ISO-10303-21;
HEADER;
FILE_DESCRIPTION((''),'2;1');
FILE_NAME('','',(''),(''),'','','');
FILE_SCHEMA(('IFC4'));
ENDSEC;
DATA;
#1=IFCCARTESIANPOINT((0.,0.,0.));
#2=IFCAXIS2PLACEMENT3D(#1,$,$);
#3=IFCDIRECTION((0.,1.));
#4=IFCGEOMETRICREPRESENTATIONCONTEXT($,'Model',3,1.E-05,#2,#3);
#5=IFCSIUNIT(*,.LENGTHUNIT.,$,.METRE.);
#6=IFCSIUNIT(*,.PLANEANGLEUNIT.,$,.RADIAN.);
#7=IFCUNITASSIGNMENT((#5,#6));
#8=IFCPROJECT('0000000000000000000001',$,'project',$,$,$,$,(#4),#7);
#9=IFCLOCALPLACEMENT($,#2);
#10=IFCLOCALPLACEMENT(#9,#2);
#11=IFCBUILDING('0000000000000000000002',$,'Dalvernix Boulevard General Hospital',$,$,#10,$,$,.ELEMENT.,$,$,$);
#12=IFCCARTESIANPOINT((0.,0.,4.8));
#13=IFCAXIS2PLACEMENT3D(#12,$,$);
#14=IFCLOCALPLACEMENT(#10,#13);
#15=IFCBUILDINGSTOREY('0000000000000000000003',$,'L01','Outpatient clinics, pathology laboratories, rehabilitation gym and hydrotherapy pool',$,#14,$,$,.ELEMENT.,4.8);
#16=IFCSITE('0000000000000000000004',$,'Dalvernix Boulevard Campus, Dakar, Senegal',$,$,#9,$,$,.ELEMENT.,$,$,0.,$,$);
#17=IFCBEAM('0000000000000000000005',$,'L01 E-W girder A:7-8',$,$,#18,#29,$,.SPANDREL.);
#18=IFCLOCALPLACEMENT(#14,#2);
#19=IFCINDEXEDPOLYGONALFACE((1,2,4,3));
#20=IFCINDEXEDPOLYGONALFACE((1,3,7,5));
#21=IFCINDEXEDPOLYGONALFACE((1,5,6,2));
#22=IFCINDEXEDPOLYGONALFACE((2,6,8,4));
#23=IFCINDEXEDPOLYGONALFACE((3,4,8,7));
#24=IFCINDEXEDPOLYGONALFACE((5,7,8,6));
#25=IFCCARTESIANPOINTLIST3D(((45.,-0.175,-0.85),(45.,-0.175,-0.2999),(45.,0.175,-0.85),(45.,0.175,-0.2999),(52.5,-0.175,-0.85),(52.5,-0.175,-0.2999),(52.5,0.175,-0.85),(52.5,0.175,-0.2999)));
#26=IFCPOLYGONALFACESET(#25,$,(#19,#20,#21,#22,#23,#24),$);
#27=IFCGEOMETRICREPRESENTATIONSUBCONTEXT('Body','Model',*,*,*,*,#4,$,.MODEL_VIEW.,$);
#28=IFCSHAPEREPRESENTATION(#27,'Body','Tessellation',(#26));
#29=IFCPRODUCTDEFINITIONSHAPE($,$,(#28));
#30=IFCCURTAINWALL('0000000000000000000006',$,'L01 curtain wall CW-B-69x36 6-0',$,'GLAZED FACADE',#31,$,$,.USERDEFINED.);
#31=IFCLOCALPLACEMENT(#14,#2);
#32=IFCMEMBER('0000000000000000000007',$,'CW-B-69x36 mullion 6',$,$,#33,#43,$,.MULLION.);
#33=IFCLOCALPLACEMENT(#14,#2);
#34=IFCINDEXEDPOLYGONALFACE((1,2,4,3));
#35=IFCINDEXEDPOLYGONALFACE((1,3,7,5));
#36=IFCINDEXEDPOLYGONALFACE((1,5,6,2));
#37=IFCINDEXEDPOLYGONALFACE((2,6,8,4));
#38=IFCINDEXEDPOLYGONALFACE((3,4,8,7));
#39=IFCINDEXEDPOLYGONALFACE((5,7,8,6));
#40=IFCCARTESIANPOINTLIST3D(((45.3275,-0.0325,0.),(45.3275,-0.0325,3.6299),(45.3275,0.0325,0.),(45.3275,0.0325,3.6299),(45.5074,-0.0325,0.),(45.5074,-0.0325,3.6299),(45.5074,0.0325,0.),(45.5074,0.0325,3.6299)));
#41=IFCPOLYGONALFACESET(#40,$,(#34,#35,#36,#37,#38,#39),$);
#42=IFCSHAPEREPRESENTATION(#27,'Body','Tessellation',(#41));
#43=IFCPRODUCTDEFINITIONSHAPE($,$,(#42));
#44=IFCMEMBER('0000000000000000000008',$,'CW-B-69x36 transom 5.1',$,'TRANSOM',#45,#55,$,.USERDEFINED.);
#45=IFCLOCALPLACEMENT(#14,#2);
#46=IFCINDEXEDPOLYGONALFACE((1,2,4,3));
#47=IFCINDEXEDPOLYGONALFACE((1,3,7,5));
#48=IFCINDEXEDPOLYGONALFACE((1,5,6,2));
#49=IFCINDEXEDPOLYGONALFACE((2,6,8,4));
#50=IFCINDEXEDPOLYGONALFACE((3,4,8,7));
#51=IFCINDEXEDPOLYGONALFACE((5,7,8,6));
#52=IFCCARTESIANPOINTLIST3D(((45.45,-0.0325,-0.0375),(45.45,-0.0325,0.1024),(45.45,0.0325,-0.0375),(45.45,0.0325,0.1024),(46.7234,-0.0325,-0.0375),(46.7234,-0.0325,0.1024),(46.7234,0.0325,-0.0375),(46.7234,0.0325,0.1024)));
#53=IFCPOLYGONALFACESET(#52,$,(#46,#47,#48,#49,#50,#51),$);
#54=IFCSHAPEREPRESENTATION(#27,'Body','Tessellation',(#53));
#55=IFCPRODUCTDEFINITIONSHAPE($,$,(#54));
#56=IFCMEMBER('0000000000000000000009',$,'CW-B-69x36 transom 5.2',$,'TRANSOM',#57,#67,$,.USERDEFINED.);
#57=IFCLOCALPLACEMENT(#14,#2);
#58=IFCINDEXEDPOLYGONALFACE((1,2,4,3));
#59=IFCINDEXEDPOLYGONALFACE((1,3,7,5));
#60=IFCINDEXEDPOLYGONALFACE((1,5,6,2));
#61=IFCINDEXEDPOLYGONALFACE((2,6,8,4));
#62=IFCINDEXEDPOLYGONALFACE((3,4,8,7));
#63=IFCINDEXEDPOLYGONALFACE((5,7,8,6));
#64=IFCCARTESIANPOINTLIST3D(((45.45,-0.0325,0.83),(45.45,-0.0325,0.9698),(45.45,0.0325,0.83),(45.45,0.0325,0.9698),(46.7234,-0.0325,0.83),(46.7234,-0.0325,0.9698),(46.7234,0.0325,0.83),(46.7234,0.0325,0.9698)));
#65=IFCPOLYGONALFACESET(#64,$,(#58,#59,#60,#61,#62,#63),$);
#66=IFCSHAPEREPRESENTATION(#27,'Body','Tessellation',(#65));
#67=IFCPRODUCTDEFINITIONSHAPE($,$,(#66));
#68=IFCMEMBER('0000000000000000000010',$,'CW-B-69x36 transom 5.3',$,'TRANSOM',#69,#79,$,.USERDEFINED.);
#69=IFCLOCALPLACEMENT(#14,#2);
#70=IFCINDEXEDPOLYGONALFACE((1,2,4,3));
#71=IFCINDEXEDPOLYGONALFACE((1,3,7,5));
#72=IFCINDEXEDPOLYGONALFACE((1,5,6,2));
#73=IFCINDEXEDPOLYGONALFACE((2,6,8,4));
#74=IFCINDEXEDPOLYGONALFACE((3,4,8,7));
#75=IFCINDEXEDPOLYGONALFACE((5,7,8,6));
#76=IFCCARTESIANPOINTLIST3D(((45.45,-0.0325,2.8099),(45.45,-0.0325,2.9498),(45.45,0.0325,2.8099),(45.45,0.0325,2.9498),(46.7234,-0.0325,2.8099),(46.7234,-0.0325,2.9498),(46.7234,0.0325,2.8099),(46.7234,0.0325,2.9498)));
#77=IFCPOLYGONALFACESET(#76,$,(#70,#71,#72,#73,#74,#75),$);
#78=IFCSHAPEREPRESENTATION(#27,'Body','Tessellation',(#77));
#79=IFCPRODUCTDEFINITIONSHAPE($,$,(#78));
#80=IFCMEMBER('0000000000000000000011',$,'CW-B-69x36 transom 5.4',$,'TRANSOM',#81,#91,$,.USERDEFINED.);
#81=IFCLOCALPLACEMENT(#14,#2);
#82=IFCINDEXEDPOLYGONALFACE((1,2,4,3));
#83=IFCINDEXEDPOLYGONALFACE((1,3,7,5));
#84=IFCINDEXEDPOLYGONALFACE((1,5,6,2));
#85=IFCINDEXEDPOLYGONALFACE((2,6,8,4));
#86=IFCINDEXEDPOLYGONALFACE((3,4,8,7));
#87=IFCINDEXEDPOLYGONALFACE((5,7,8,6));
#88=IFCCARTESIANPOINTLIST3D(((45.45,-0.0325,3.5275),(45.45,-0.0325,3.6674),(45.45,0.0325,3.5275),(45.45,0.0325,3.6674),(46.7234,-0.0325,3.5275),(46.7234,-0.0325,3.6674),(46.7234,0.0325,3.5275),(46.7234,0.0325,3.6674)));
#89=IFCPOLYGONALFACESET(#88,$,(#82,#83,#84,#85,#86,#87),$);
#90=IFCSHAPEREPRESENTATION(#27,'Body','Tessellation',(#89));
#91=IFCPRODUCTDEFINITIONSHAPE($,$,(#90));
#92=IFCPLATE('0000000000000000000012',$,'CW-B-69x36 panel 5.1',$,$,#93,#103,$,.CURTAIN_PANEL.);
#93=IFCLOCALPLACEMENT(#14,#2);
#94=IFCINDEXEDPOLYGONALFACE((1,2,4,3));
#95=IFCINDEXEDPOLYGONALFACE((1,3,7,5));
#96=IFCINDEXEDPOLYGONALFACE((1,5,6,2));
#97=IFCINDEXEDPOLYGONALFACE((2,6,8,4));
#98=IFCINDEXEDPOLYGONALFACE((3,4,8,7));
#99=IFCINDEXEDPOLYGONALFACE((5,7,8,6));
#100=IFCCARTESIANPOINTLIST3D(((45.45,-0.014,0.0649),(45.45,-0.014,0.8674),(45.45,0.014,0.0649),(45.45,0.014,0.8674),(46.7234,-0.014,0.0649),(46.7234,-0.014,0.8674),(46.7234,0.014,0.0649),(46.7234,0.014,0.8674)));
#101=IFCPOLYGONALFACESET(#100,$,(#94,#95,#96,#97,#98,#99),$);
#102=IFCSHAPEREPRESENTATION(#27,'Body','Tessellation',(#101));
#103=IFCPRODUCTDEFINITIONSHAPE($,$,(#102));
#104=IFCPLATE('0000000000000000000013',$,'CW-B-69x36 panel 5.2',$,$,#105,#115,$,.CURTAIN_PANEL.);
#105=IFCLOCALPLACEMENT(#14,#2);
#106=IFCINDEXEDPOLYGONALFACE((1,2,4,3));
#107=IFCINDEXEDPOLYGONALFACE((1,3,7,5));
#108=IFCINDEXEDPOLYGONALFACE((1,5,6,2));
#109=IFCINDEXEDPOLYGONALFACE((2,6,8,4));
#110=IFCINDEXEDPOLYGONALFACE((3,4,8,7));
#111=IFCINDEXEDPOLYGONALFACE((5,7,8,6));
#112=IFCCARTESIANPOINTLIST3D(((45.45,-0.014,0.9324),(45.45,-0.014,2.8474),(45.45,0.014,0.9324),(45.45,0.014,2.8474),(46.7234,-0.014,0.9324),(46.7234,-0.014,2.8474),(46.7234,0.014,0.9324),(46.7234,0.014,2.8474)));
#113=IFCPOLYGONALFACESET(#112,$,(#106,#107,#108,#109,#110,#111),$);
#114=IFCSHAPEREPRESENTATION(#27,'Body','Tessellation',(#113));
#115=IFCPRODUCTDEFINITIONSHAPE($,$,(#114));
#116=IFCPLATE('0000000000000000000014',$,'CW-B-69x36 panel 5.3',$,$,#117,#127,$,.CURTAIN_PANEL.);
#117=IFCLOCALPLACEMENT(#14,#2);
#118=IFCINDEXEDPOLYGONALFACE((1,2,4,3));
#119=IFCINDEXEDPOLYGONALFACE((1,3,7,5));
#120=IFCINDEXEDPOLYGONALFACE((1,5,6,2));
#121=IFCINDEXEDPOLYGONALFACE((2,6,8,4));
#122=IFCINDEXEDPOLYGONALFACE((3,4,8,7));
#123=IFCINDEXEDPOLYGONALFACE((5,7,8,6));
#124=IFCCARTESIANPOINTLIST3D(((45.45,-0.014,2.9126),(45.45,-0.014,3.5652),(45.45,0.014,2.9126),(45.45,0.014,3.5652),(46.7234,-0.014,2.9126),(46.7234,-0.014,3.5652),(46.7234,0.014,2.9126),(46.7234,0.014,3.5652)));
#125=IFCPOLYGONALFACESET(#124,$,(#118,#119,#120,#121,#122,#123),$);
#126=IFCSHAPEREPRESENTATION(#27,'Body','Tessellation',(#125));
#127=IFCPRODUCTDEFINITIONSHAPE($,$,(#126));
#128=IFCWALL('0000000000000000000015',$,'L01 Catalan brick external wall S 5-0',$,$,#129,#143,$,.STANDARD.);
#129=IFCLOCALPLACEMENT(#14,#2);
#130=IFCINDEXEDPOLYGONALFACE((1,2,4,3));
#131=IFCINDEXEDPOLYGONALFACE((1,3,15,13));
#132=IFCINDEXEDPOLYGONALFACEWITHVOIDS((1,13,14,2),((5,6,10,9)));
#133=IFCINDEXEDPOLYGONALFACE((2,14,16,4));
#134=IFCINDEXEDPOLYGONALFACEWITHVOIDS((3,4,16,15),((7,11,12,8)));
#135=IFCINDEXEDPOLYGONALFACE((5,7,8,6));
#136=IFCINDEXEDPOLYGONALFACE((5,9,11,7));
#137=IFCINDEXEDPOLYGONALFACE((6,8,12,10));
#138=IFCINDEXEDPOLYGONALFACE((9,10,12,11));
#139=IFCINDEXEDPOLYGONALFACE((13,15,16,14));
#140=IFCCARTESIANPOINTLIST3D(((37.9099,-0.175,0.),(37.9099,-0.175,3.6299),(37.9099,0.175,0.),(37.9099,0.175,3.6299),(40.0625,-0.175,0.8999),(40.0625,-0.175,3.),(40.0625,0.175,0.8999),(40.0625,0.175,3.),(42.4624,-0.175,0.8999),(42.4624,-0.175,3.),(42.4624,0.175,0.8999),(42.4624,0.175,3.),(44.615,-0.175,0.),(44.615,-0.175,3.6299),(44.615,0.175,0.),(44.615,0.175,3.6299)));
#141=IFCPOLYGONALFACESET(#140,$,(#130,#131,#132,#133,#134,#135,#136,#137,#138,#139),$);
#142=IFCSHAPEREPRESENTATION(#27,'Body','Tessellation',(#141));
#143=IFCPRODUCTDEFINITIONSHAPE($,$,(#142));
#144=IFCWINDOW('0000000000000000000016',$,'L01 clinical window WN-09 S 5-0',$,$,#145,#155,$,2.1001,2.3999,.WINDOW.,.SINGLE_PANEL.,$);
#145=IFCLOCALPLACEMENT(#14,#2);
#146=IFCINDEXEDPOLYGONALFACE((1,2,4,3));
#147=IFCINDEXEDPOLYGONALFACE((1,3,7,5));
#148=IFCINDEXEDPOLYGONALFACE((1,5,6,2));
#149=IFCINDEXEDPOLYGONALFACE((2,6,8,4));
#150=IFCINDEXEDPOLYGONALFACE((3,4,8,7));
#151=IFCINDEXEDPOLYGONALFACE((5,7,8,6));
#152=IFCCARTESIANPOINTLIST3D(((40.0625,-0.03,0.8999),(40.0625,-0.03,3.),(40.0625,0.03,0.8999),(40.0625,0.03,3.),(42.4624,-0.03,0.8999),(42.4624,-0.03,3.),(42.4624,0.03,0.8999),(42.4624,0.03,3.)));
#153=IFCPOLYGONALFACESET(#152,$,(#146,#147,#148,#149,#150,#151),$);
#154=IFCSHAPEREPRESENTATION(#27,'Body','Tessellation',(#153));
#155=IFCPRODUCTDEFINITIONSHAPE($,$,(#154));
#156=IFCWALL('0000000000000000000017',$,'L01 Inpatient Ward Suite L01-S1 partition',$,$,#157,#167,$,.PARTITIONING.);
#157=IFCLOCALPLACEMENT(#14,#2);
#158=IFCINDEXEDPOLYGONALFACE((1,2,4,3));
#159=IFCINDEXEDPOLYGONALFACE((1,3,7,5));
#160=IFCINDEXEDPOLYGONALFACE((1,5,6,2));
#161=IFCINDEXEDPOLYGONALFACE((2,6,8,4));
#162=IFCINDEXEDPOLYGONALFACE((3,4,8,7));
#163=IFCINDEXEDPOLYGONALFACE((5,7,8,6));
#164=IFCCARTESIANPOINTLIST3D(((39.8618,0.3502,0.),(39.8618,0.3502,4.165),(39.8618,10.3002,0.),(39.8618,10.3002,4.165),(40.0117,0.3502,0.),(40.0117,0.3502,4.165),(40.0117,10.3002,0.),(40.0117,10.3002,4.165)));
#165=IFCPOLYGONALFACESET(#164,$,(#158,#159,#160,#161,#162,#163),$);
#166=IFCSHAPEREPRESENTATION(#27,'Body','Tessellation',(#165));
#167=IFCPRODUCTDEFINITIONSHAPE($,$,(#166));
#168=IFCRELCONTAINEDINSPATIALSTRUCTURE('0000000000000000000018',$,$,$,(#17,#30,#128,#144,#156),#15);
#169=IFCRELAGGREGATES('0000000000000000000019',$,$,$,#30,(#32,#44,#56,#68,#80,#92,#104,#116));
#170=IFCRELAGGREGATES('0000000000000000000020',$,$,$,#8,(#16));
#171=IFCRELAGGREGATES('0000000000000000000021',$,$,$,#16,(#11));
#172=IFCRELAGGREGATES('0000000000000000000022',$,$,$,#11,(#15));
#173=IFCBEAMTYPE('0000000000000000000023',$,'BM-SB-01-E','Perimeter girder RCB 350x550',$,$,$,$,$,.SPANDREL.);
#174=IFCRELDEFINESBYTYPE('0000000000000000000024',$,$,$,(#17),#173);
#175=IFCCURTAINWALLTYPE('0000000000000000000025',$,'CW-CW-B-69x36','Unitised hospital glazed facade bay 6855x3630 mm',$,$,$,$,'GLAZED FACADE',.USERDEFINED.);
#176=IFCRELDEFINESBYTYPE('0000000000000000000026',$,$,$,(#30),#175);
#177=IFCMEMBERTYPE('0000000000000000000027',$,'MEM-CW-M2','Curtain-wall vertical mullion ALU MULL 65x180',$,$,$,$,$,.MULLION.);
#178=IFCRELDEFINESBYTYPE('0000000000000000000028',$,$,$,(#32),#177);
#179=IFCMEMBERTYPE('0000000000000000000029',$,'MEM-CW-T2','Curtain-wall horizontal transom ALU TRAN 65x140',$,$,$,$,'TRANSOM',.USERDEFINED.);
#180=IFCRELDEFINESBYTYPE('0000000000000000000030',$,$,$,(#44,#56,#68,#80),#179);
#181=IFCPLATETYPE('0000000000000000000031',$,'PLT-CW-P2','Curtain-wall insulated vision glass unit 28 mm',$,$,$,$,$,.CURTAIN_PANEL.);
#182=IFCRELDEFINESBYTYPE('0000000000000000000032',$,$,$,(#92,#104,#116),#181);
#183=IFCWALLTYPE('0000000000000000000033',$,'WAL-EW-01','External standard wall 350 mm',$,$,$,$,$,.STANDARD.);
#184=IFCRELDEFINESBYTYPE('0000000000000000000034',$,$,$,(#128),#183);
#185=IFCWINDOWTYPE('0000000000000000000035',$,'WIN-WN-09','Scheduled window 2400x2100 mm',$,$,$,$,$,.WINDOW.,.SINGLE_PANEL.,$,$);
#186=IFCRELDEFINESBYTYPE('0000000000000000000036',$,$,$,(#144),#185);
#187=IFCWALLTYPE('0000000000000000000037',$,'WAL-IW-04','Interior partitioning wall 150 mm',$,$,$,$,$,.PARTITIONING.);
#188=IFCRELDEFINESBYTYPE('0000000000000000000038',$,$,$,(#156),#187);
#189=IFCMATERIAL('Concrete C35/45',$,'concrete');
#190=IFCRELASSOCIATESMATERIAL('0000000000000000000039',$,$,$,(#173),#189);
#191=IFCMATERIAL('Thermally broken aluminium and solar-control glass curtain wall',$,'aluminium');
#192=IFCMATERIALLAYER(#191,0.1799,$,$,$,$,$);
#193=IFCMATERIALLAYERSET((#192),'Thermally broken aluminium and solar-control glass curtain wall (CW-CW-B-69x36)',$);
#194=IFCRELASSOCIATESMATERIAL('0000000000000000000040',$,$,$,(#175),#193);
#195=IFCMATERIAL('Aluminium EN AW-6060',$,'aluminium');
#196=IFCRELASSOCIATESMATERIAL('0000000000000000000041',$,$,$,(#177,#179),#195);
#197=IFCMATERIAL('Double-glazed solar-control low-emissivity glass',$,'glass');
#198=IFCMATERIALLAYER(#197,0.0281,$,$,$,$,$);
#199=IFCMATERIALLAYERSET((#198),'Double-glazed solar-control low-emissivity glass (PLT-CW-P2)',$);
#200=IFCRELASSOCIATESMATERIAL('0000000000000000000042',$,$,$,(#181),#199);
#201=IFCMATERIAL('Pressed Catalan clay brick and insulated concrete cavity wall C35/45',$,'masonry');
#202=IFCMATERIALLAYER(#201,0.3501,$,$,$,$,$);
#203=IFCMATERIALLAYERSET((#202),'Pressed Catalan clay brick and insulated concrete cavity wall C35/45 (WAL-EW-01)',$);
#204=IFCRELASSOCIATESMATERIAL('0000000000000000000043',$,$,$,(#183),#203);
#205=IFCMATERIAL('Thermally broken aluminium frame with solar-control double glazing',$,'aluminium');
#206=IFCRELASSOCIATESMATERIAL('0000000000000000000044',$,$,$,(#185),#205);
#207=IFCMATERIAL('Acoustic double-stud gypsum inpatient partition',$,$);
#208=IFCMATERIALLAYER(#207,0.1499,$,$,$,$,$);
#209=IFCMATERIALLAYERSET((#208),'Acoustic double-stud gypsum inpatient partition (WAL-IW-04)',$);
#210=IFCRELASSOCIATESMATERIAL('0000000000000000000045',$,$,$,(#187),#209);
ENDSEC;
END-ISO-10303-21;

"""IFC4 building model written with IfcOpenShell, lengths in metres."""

from ifc_helpers import new_model, si_unit, direction, frame, frame_2d, origin, origin_2d, place, context, subcontext, project, spatial, rectangle, extrude, material, layer, layer_set, material_profile, profile_set, type_object, element, fill, aggregate, save


model = new_model("IFC4")

# Units and contexts
model_context = context("Model", 3, precision=1e-05, world=origin(), true_north=direction((0.0, 1.0)))
body_context = subcontext(model_context, "Body", "Model", "MODEL_VIEW")
ifc_project = project(units=[si_unit("LENGTHUNIT", "METRE"), si_unit("PLANEANGLEUNIT", "RADIAN")], contexts=[model_context])

# Site, building, storey
site_placement = place(None, origin())
site = spatial("IfcSite", under=ifc_project, at=site_placement, Name="Dalvernix Boulevard Campus, Dakar, Senegal", CompositionType="ELEMENT", RefElevation=0.0)
building_placement = place(site_placement, origin())
building = spatial("IfcBuilding", under=site, at=building_placement, Name="Dalvernix Boulevard General Hospital", CompositionType="ELEMENT")
storey_placement = place(building_placement, frame((0.0, 0.0, 4.8)))
storey = spatial("IfcBuildingStorey", under=building, at=storey_placement, Name="L01", Description="Outpatient clinics, pathology laboratories, rehabilitation gym and hydrotherapy pool", CompositionType="ELEMENT", Elevation=4.8)

# Beam
ifc_material_1 = material(Name="Concrete C35/45", Category="concrete")
ifc_material_profile_1 = material_profile(ifc_material_1, rectangle(XDim=0.3501, YDim=0.55, at=origin_2d()), Name="RCB 350x550")
ifc_profile_set_1 = profile_set([ifc_material_profile_1], Name="Concrete C35/45")
beam_type_1 = type_object("IfcBeamType", Name="BM-SB-01-E", Description="Perimeter girder RCB 350x550", PredefinedType="SPANDREL", material=ifc_profile_set_1)
beam_1_placement = place(storey_placement, frame((45.0, 0.0, -0.575), z_axis=(1.0, 0.0, 0.0), x_axis=(0.0, 1.0, 0.0)))
element("IfcBeam", 1, at=beam_1_placement, inside=storey, type_object=beam_type_1, Name="L01 E-W girder A:7-8", PredefinedType="SPANDREL", context=body_context, shape_type="SweptSolid", body=[
    extrude(rectangle(XDim=0.3501, YDim=0.55, at=origin_2d()), origin(), (0.0, 0.0, 1.0), 7.5),
])

# Curtain wall, members, plates
ifc_material_2 = material(Name="Thermally broken aluminium and solar-control glass curtain wall", Category="aluminium")
ifc_layer_1 = layer(ifc_material_2, 0.1799)
ifc_layer_set_1 = layer_set([ifc_layer_1], Name="Thermally broken aluminium and solar-control glass curtain wall (CW-CW-B-69x36)")
curtain_wall_type = type_object("IfcCurtainWallType", Name="CW-CW-B-69x36", Description="Unitised hospital glazed facade bay 6855x3630 mm", ElementType="GLAZED FACADE", PredefinedType="USERDEFINED", material=ifc_layer_set_1)
curtain_wall_placement = place(storey_placement, origin())
curtain_wall = element("IfcCurtainWall", 2, at=curtain_wall_placement, inside=storey, type_object=curtain_wall_type, Name="L01 curtain wall CW-B-69x36 6-0", ObjectType="GLAZED FACADE", PredefinedType="USERDEFINED")
ifc_material_3 = material(Name="Aluminium EN AW-6060", Category="aluminium")
ifc_material_profile_2 = material_profile(ifc_material_3, rectangle(XDim=0.0649, YDim=0.1799, at=origin_2d()), Name="ALU MULL 65x180")
ifc_profile_set_2 = profile_set([ifc_material_profile_2], Name="Aluminium EN AW-6060")
member_type_1 = type_object("IfcMemberType", Name="MEM-CW-M2", Description="Curtain-wall vertical mullion ALU MULL 65x180", PredefinedType="MULLION", material=ifc_profile_set_2)
member_1_placement = place(storey_placement, frame((45.4175, 0.0, 0.0), z_axis=(0.0, 0.0, 1.0), x_axis=(0.0, -1.0, 0.0)))
member_1 = element("IfcMember", 3, at=member_1_placement, type_object=member_type_1, Name="CW-B-69x36 mullion 6", PredefinedType="MULLION", context=body_context, shape_type="SweptSolid", body=[
    extrude(rectangle(XDim=0.0649, YDim=0.1799, at=origin_2d()), origin(), (0.0, 0.0, 1.0), 3.6299),
])
ifc_material_profile_3 = material_profile(ifc_material_3, rectangle(XDim=0.0649, YDim=0.1399, at=origin_2d()), Name="ALU TRAN 65x140")
ifc_profile_set_3 = profile_set([ifc_material_profile_3], Name="Aluminium EN AW-6060")
member_type_2 = type_object("IfcMemberType", Name="MEM-CW-T2", Description="Curtain-wall horizontal transom ALU TRAN 65x140", ElementType="TRANSOM", PredefinedType="USERDEFINED", material=ifc_profile_set_3)
member_2_placement = place(storey_placement, frame((46.7234, 0.0, 0.0325), z_axis=(-1.0, 0.0, 0.0), x_axis=(0.0, -1.0, 0.0)))
member_2 = element("IfcMember", 4, at=member_2_placement, type_object=member_type_2, Name="CW-B-69x36 transom 5.1", ObjectType="TRANSOM", PredefinedType="USERDEFINED", context=body_context, shape_type="SweptSolid", body=[
    extrude(rectangle(XDim=0.0649, YDim=0.1399, at=origin_2d()), origin(), (0.0, 0.0, 1.0), 1.2734),
])
member_3_placement = place(storey_placement, frame((46.7234, 0.0, 0.8999), z_axis=(-1.0, 0.0, 0.0), x_axis=(0.0, -1.0, 0.0)))
member_3 = element("IfcMember", 5, at=member_3_placement, type_object=member_type_2, Name="CW-B-69x36 transom 5.2", ObjectType="TRANSOM", PredefinedType="USERDEFINED", context=body_context, shape_type="SweptSolid", body=[
    extrude(rectangle(XDim=0.0649, YDim=0.1399, at=origin_2d()), origin(), (0.0, 0.0, 1.0), 1.2734),
])
member_4_placement = place(storey_placement, frame((46.7234, 0.0, 2.8799), z_axis=(-1.0, 0.0, 0.0), x_axis=(0.0, -1.0, 0.0)))
member_4 = element("IfcMember", 6, at=member_4_placement, type_object=member_type_2, Name="CW-B-69x36 transom 5.3", ObjectType="TRANSOM", PredefinedType="USERDEFINED", context=body_context, shape_type="SweptSolid", body=[
    extrude(rectangle(XDim=0.0649, YDim=0.1399, at=origin_2d()), origin(), (0.0, 0.0, 1.0), 1.2734),
])
member_5_placement = place(storey_placement, frame((46.7234, 0.0, 3.5974), z_axis=(-1.0, 0.0, 0.0), x_axis=(0.0, -1.0, 0.0)))
member_5 = element("IfcMember", 7, at=member_5_placement, type_object=member_type_2, Name="CW-B-69x36 transom 5.4", ObjectType="TRANSOM", PredefinedType="USERDEFINED", context=body_context, shape_type="SweptSolid", body=[
    extrude(rectangle(XDim=0.0649, YDim=0.1399, at=origin_2d()), origin(), (0.0, 0.0, 1.0), 1.2734),
])
ifc_material_4 = material(Name="Double-glazed solar-control low-emissivity glass", Category="glass")
ifc_layer_2 = layer(ifc_material_4, 0.0281)
ifc_layer_set_2 = layer_set([ifc_layer_2], Name="Double-glazed solar-control low-emissivity glass (PLT-CW-P2)")
plate_type = type_object("IfcPlateType", Name="PLT-CW-P2", Description="Curtain-wall insulated vision glass unit 28 mm", PredefinedType="CURTAIN_PANEL", material=ifc_layer_set_2)
plate_1_placement = place(storey_placement, frame((46.0867, 0.0, 0.0649), z_axis=(0.0, 0.0, 1.0), x_axis=(-1.0, 0.0, 0.0)))
plate_1 = element("IfcPlate", 8, at=plate_1_placement, type_object=plate_type, Name="CW-B-69x36 panel 5.1", PredefinedType="CURTAIN_PANEL", context=body_context, shape_type="SweptSolid", body=[
    extrude(rectangle(XDim=1.2734, YDim=0.0281, at=origin_2d()), origin(), (0.0, 0.0, 1.0), 0.8025),
])
plate_2_placement = place(storey_placement, frame((46.0867, 0.0, 0.9324), z_axis=(0.0, 0.0, 1.0), x_axis=(-1.0, 0.0, 0.0)))
plate_2 = element("IfcPlate", 9, at=plate_2_placement, type_object=plate_type, Name="CW-B-69x36 panel 5.2", PredefinedType="CURTAIN_PANEL", context=body_context, shape_type="SweptSolid", body=[
    extrude(rectangle(XDim=1.2734, YDim=0.0281, at=origin_2d()), origin(), (0.0, 0.0, 1.0), 1.915),
])
plate_3_placement = place(storey_placement, frame((46.0867, 0.0, 2.9126), z_axis=(0.0, 0.0, 1.0), x_axis=(-1.0, 0.0, 0.0)))
plate_3 = element("IfcPlate", 10, at=plate_3_placement, type_object=plate_type, Name="CW-B-69x36 panel 5.3", PredefinedType="CURTAIN_PANEL", context=body_context, shape_type="SweptSolid", body=[
    extrude(rectangle(XDim=1.2734, YDim=0.0281, at=origin_2d()), origin(), (0.0, 0.0, 1.0), 0.6526),
])
aggregate(curtain_wall, [member_1, member_2, member_3, member_4, member_5, plate_1, plate_2, plate_3])

# Wall, opening, window
ifc_material_5 = material(Name="Pressed Catalan clay brick and insulated concrete cavity wall C35/45", Category="masonry")
ifc_layer_3 = layer(ifc_material_5, 0.3501)
ifc_layer_set_3 = layer_set([ifc_layer_3], Name="Pressed Catalan clay brick and insulated concrete cavity wall C35/45 (WAL-EW-01)")
wall_type_1 = type_object("IfcWallType", Name="WAL-EW-01", Description="External standard wall 350 mm", PredefinedType="STANDARD", material=ifc_layer_set_3)
wall_1_placement = place(storey_placement, frame((44.615, 0.0, 0.0), z_axis=(0.0, 0.0, 1.0), x_axis=(-1.0, 0.0, 0.0)))
wall_1 = element("IfcWall", 11, at=wall_1_placement, inside=storey, type_object=wall_type_1, Name="L01 Catalan brick external wall S 5-0", PredefinedType="STANDARD", context=body_context, shape_type="SweptSolid", body=[
    extrude(rectangle(XDim=6.7051, YDim=0.3501, at=frame_2d((3.3525, 0.0))), origin(), (0.0, 0.0, 1.0), 3.6299),
])
opening_1_placement = place(wall_1_placement, frame((2.1526, 0.0, 0.8999)))
opening_1 = element("IfcOpeningElement", 12, at=opening_1_placement, cuts=wall_1, PredefinedType="OPENING", context=body_context, shape_type="SweptSolid", body=[
    extrude(rectangle(XDim=2.3999, YDim=2.1001, at=frame_2d((1.2, 1.05))), frame((0.0, 0.1851, 0.0), z_axis=(0.0, -1.0, 0.0), x_axis=(1.0, 0.0, 0.0)), (0.0, 0.0, 1.0), 0.3701),
])
ifc_material_6 = material(Name="Thermally broken aluminium frame with solar-control double glazing", Category="aluminium")
window_type = type_object("IfcWindowType", Name="WIN-WN-09", Description="Scheduled window 2400x2100 mm", PartitioningType="SINGLE_PANEL", PredefinedType="WINDOW", material=ifc_material_6)
window_placement = place(opening_1_placement, origin())
window = element("IfcWindow", 13, at=window_placement, inside=storey, type_object=window_type, Name="L01 clinical window WN-09 S 5-0", OverallHeight=2.1001, OverallWidth=2.3999, PartitioningType="SINGLE_PANEL", PredefinedType="WINDOW", context=body_context, shape_type="SweptSolid", body=[
    extrude(rectangle(XDim=2.3999, YDim=2.1001, at=frame_2d((1.2, 1.05))), frame((0.0, 0.03, 0.0), z_axis=(0.0, -1.0, 0.0), x_axis=(1.0, 0.0, 0.0)), (0.0, 0.0, 1.0), 0.0601),
])
fill(opening_1, window)

# Wall
ifc_material_7 = material(Name="Acoustic double-stud gypsum inpatient partition")
ifc_layer_4 = layer(ifc_material_7, 0.1499)
ifc_layer_set_4 = layer_set([ifc_layer_4], Name="Acoustic double-stud gypsum inpatient partition (WAL-IW-04)")
wall_type_2 = type_object("IfcWallType", Name="WAL-IW-04", Description="Interior partitioning wall 150 mm", PredefinedType="PARTITIONING", material=ifc_layer_set_4)
wall_2_placement = place(storey_placement, frame((39.9368, 0.3501, 0.0), z_axis=(0.0, 0.0, 1.0), x_axis=(0.0, 1.0, 0.0)))
element("IfcWall", 14, at=wall_2_placement, inside=storey, type_object=wall_type_2, Name="L01 Inpatient Ward Suite L01-S1 partition", PredefinedType="PARTITIONING", context=body_context, shape_type="SweptSolid", body=[
    extrude(rectangle(XDim=9.95, YDim=0.1499, at=frame_2d((4.9751, 0.0))), origin(), (0.0, 0.0, 1.0), 4.165),
])

save(model, "model.ifc")
